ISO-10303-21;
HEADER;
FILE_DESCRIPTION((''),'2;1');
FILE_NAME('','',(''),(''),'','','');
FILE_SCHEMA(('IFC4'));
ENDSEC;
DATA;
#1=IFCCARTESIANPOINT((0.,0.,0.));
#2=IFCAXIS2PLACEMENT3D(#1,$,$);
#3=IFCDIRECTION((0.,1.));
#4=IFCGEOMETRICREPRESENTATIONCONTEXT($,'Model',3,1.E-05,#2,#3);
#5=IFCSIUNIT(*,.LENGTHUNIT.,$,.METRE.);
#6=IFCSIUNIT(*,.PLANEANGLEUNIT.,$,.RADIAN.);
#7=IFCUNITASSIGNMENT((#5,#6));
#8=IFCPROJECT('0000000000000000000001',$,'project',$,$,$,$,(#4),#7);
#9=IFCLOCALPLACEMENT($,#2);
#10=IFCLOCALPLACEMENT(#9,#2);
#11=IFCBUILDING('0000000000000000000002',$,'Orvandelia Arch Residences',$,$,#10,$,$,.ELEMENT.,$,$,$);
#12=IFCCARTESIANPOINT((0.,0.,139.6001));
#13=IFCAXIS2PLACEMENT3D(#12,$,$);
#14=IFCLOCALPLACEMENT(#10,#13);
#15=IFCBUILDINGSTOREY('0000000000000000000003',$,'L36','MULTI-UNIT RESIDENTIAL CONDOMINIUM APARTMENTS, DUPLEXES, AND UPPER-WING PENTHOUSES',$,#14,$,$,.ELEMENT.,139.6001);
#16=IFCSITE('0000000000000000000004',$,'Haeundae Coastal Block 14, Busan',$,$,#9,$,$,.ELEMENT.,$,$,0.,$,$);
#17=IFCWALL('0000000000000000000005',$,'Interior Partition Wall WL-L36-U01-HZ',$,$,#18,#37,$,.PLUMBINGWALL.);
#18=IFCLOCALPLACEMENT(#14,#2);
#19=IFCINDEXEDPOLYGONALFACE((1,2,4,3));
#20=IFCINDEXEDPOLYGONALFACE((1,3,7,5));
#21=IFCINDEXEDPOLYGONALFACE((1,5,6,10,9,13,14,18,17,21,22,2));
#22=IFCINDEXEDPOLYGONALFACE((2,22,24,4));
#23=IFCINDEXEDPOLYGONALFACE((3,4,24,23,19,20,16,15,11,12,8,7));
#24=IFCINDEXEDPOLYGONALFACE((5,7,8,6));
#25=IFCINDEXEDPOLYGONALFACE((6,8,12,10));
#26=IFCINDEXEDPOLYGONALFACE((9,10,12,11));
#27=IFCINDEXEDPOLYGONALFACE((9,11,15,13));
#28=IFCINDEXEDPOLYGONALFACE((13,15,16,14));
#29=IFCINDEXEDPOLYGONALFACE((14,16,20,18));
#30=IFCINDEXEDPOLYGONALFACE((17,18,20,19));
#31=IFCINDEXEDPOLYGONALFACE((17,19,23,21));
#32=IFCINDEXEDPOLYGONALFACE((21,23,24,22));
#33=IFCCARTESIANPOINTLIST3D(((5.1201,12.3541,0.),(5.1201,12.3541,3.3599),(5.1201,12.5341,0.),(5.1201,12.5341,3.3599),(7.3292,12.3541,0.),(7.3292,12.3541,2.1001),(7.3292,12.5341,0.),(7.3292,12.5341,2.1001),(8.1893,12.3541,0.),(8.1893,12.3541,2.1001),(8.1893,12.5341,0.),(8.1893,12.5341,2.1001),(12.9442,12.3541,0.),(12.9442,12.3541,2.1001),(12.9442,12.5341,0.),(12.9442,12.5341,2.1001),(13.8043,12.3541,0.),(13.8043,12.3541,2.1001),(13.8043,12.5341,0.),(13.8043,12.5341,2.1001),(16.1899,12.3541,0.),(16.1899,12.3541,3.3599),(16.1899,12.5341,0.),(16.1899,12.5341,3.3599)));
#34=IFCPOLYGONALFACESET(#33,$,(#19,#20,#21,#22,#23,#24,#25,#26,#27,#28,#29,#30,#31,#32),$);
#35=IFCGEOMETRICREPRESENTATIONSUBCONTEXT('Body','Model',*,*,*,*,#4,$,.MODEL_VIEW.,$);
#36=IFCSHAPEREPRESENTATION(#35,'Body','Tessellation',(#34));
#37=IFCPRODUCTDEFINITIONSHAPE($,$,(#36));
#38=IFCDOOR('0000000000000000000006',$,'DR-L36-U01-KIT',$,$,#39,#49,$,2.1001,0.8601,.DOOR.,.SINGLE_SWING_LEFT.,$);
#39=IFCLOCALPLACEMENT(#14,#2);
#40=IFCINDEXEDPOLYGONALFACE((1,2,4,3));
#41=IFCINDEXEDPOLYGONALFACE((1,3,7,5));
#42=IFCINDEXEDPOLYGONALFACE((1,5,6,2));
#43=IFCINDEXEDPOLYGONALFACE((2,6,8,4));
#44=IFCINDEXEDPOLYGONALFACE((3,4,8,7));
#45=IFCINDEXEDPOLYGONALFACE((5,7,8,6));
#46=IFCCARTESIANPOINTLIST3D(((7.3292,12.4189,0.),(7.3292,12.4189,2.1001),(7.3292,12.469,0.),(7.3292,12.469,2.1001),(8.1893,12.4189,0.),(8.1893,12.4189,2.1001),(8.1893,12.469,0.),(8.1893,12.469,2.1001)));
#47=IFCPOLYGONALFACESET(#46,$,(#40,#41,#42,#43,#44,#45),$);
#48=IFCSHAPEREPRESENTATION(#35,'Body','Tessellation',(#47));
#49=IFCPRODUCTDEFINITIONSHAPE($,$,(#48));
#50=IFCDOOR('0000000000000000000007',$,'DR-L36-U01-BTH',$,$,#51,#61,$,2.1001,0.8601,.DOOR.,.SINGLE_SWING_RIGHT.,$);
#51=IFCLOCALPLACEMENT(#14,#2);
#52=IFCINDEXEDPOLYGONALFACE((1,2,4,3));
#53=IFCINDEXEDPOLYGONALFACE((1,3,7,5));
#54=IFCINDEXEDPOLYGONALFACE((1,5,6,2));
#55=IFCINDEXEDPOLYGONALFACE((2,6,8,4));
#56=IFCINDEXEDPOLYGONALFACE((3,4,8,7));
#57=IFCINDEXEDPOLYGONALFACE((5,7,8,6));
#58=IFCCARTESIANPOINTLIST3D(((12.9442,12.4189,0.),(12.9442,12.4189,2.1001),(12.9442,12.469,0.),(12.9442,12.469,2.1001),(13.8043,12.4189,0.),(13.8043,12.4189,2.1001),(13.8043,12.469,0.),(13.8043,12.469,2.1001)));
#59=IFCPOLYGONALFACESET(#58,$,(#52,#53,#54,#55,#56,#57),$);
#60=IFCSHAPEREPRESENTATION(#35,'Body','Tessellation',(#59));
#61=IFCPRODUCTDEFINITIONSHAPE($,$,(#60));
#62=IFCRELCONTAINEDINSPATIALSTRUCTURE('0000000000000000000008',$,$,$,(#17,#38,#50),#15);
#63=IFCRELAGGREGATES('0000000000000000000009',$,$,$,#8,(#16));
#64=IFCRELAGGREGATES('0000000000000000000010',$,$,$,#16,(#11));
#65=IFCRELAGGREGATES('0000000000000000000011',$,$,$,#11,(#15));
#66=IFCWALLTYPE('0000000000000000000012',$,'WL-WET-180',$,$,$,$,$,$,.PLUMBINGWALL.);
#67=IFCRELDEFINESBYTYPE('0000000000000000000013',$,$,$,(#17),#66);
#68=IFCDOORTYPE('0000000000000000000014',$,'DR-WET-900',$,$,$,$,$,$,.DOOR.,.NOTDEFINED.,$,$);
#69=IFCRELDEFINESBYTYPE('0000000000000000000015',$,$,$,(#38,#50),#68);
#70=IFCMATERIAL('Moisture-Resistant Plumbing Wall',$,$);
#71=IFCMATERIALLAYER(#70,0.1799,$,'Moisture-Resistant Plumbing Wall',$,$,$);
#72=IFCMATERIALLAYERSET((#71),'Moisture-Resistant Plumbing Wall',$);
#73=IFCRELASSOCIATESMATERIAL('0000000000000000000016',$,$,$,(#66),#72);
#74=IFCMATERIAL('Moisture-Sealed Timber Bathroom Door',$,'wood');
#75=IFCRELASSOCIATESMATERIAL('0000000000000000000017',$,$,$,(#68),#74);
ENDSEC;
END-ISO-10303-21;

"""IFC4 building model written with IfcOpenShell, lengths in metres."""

from ifc_helpers import new_model, si_unit, direction, frame, frame_2d, origin, place, context, subcontext, project, spatial, rectangle, extrude, material, layer, layer_set, type_object, element, fill, save


model = new_model("IFC4")

# Units and contexts
model_context = context("Model", 3, precision=1e-05, world=origin(), true_north=direction((0.0, 1.0)))
body_context = subcontext(model_context, "Body", "Model", "MODEL_VIEW")
ifc_project = project(units=[si_unit("LENGTHUNIT", "METRE"), si_unit("PLANEANGLEUNIT", "RADIAN")], contexts=[model_context])

# Site, building, storey
site_placement = place(None, origin())
site = spatial("IfcSite", under=ifc_project, at=site_placement, Name="Haeundae Coastal Block 14, Busan", CompositionType="ELEMENT", RefElevation=0.0)
building_placement = place(site_placement, origin())
building = spatial("IfcBuilding", under=site, at=building_placement, Name="Orvandelia Arch Residences", CompositionType="ELEMENT")
storey_placement = place(building_placement, frame((0.0, 0.0, 139.6001)))
storey = spatial("IfcBuildingStorey", under=building, at=storey_placement, Name="L36", Description="MULTI-UNIT RESIDENTIAL CONDOMINIUM APARTMENTS, DUPLEXES, AND UPPER-WING PENTHOUSES", CompositionType="ELEMENT", Elevation=139.6001)

# Wall, openings, doors
ifc_material_1 = material(Name="Moisture-Resistant Plumbing Wall")
ifc_layer_1 = layer(ifc_material_1, 0.1799, Name="Moisture-Resistant Plumbing Wall")
ifc_layer_set_1 = layer_set([ifc_layer_1], Name="Moisture-Resistant Plumbing Wall")
wall_type_1 = type_object("IfcWallType", Name="WL-WET-180", PredefinedType="PLUMBINGWALL", material=ifc_layer_set_1)
wall_1_placement = place(storey_placement, frame((5.1201, 12.4441, 0.0), z_axis=(0.0, 0.0, 1.0), x_axis=(1.0, 0.0, 0.0)))
wall_1 = element("IfcWall", 1, at=wall_1_placement, inside=storey, type_object=wall_type_1, Name="Interior Partition Wall WL-L36-U01-HZ", PredefinedType="PLUMBINGWALL", context=body_context, shape_type="SweptSolid", body=[
    extrude(rectangle(XDim=11.0698, YDim=0.1799, at=frame_2d((5.5349, 0.0))), origin(), (0.0, 0.0, 1.0), 3.3599),
])
opening_1_placement = place(wall_1_placement, frame((2.209, 0.0, 0.0)))
opening_1 = element("IfcOpeningElement", 2, at=opening_1_placement, cuts=wall_1, PredefinedType="OPENING", context=body_context, shape_type="SweptSolid", body=[
    extrude(rectangle(XDim=0.8601, YDim=2.1001, at=frame_2d((0.4302, 1.05))), frame((0.0, 0.1001, 0.0), z_axis=(0.0, -1.0, 0.0), x_axis=(1.0, 0.0, 0.0)), (0.0, 0.0, 1.0), 0.2),
])
opening_2_placement = place(wall_1_placement, frame((7.824, 0.0, 0.0)))
opening_2 = element("IfcOpeningElement", 3, at=opening_2_placement, cuts=wall_1, PredefinedType="OPENING", context=body_context, shape_type="SweptSolid", body=[
    extrude(rectangle(XDim=0.8601, YDim=2.1001, at=frame_2d((0.4302, 1.05))), frame((0.0, 0.1001, 0.0), z_axis=(0.0, -1.0, 0.0), x_axis=(1.0, 0.0, 0.0)), (0.0, 0.0, 1.0), 0.2),
])
ifc_material_2 = material(Name="Moisture-Sealed Timber Bathroom Door", Category="wood")
door_type_1 = type_object("IfcDoorType", Name="DR-WET-900", OperationType="NOTDEFINED", PredefinedType="DOOR", material=ifc_material_2)
door_1_placement = place(opening_1_placement, origin())
door_1 = element("IfcDoor", 4, at=door_1_placement, inside=storey, type_object=door_type_1, Name="DR-L36-U01-KIT", OperationType="SINGLE_SWING_LEFT", OverallHeight=2.1001, OverallWidth=0.8601, PredefinedType="DOOR", context=body_context, shape_type="SweptSolid", body=[
    extrude(rectangle(XDim=0.8601, YDim=2.1001, at=frame_2d((0.4302, 1.05))), frame((0.0, 0.0249, 0.0), z_axis=(0.0, -1.0, 0.0), x_axis=(1.0, 0.0, 0.0)), (0.0, 0.0, 1.0), 0.05),
])
fill(opening_1, door_1)
door_2_placement = place(opening_2_placement, origin())
door_2 = element("IfcDoor", 5, at=door_2_placement, inside=storey, type_object=door_type_1, Name="DR-L36-U01-BTH", OperationType="SINGLE_SWING_RIGHT", OverallHeight=2.1001, OverallWidth=0.8601, PredefinedType="DOOR", context=body_context, shape_type="SweptSolid", body=[
    extrude(rectangle(XDim=0.8601, YDim=2.1001, at=frame_2d((0.4302, 1.05))), frame((0.0, 0.0249, 0.0), z_axis=(0.0, -1.0, 0.0), x_axis=(1.0, 0.0, 0.0)), (0.0, 0.0, 1.0), 0.05),
])
fill(opening_2, door_2)

save(model, "model.ifc")
